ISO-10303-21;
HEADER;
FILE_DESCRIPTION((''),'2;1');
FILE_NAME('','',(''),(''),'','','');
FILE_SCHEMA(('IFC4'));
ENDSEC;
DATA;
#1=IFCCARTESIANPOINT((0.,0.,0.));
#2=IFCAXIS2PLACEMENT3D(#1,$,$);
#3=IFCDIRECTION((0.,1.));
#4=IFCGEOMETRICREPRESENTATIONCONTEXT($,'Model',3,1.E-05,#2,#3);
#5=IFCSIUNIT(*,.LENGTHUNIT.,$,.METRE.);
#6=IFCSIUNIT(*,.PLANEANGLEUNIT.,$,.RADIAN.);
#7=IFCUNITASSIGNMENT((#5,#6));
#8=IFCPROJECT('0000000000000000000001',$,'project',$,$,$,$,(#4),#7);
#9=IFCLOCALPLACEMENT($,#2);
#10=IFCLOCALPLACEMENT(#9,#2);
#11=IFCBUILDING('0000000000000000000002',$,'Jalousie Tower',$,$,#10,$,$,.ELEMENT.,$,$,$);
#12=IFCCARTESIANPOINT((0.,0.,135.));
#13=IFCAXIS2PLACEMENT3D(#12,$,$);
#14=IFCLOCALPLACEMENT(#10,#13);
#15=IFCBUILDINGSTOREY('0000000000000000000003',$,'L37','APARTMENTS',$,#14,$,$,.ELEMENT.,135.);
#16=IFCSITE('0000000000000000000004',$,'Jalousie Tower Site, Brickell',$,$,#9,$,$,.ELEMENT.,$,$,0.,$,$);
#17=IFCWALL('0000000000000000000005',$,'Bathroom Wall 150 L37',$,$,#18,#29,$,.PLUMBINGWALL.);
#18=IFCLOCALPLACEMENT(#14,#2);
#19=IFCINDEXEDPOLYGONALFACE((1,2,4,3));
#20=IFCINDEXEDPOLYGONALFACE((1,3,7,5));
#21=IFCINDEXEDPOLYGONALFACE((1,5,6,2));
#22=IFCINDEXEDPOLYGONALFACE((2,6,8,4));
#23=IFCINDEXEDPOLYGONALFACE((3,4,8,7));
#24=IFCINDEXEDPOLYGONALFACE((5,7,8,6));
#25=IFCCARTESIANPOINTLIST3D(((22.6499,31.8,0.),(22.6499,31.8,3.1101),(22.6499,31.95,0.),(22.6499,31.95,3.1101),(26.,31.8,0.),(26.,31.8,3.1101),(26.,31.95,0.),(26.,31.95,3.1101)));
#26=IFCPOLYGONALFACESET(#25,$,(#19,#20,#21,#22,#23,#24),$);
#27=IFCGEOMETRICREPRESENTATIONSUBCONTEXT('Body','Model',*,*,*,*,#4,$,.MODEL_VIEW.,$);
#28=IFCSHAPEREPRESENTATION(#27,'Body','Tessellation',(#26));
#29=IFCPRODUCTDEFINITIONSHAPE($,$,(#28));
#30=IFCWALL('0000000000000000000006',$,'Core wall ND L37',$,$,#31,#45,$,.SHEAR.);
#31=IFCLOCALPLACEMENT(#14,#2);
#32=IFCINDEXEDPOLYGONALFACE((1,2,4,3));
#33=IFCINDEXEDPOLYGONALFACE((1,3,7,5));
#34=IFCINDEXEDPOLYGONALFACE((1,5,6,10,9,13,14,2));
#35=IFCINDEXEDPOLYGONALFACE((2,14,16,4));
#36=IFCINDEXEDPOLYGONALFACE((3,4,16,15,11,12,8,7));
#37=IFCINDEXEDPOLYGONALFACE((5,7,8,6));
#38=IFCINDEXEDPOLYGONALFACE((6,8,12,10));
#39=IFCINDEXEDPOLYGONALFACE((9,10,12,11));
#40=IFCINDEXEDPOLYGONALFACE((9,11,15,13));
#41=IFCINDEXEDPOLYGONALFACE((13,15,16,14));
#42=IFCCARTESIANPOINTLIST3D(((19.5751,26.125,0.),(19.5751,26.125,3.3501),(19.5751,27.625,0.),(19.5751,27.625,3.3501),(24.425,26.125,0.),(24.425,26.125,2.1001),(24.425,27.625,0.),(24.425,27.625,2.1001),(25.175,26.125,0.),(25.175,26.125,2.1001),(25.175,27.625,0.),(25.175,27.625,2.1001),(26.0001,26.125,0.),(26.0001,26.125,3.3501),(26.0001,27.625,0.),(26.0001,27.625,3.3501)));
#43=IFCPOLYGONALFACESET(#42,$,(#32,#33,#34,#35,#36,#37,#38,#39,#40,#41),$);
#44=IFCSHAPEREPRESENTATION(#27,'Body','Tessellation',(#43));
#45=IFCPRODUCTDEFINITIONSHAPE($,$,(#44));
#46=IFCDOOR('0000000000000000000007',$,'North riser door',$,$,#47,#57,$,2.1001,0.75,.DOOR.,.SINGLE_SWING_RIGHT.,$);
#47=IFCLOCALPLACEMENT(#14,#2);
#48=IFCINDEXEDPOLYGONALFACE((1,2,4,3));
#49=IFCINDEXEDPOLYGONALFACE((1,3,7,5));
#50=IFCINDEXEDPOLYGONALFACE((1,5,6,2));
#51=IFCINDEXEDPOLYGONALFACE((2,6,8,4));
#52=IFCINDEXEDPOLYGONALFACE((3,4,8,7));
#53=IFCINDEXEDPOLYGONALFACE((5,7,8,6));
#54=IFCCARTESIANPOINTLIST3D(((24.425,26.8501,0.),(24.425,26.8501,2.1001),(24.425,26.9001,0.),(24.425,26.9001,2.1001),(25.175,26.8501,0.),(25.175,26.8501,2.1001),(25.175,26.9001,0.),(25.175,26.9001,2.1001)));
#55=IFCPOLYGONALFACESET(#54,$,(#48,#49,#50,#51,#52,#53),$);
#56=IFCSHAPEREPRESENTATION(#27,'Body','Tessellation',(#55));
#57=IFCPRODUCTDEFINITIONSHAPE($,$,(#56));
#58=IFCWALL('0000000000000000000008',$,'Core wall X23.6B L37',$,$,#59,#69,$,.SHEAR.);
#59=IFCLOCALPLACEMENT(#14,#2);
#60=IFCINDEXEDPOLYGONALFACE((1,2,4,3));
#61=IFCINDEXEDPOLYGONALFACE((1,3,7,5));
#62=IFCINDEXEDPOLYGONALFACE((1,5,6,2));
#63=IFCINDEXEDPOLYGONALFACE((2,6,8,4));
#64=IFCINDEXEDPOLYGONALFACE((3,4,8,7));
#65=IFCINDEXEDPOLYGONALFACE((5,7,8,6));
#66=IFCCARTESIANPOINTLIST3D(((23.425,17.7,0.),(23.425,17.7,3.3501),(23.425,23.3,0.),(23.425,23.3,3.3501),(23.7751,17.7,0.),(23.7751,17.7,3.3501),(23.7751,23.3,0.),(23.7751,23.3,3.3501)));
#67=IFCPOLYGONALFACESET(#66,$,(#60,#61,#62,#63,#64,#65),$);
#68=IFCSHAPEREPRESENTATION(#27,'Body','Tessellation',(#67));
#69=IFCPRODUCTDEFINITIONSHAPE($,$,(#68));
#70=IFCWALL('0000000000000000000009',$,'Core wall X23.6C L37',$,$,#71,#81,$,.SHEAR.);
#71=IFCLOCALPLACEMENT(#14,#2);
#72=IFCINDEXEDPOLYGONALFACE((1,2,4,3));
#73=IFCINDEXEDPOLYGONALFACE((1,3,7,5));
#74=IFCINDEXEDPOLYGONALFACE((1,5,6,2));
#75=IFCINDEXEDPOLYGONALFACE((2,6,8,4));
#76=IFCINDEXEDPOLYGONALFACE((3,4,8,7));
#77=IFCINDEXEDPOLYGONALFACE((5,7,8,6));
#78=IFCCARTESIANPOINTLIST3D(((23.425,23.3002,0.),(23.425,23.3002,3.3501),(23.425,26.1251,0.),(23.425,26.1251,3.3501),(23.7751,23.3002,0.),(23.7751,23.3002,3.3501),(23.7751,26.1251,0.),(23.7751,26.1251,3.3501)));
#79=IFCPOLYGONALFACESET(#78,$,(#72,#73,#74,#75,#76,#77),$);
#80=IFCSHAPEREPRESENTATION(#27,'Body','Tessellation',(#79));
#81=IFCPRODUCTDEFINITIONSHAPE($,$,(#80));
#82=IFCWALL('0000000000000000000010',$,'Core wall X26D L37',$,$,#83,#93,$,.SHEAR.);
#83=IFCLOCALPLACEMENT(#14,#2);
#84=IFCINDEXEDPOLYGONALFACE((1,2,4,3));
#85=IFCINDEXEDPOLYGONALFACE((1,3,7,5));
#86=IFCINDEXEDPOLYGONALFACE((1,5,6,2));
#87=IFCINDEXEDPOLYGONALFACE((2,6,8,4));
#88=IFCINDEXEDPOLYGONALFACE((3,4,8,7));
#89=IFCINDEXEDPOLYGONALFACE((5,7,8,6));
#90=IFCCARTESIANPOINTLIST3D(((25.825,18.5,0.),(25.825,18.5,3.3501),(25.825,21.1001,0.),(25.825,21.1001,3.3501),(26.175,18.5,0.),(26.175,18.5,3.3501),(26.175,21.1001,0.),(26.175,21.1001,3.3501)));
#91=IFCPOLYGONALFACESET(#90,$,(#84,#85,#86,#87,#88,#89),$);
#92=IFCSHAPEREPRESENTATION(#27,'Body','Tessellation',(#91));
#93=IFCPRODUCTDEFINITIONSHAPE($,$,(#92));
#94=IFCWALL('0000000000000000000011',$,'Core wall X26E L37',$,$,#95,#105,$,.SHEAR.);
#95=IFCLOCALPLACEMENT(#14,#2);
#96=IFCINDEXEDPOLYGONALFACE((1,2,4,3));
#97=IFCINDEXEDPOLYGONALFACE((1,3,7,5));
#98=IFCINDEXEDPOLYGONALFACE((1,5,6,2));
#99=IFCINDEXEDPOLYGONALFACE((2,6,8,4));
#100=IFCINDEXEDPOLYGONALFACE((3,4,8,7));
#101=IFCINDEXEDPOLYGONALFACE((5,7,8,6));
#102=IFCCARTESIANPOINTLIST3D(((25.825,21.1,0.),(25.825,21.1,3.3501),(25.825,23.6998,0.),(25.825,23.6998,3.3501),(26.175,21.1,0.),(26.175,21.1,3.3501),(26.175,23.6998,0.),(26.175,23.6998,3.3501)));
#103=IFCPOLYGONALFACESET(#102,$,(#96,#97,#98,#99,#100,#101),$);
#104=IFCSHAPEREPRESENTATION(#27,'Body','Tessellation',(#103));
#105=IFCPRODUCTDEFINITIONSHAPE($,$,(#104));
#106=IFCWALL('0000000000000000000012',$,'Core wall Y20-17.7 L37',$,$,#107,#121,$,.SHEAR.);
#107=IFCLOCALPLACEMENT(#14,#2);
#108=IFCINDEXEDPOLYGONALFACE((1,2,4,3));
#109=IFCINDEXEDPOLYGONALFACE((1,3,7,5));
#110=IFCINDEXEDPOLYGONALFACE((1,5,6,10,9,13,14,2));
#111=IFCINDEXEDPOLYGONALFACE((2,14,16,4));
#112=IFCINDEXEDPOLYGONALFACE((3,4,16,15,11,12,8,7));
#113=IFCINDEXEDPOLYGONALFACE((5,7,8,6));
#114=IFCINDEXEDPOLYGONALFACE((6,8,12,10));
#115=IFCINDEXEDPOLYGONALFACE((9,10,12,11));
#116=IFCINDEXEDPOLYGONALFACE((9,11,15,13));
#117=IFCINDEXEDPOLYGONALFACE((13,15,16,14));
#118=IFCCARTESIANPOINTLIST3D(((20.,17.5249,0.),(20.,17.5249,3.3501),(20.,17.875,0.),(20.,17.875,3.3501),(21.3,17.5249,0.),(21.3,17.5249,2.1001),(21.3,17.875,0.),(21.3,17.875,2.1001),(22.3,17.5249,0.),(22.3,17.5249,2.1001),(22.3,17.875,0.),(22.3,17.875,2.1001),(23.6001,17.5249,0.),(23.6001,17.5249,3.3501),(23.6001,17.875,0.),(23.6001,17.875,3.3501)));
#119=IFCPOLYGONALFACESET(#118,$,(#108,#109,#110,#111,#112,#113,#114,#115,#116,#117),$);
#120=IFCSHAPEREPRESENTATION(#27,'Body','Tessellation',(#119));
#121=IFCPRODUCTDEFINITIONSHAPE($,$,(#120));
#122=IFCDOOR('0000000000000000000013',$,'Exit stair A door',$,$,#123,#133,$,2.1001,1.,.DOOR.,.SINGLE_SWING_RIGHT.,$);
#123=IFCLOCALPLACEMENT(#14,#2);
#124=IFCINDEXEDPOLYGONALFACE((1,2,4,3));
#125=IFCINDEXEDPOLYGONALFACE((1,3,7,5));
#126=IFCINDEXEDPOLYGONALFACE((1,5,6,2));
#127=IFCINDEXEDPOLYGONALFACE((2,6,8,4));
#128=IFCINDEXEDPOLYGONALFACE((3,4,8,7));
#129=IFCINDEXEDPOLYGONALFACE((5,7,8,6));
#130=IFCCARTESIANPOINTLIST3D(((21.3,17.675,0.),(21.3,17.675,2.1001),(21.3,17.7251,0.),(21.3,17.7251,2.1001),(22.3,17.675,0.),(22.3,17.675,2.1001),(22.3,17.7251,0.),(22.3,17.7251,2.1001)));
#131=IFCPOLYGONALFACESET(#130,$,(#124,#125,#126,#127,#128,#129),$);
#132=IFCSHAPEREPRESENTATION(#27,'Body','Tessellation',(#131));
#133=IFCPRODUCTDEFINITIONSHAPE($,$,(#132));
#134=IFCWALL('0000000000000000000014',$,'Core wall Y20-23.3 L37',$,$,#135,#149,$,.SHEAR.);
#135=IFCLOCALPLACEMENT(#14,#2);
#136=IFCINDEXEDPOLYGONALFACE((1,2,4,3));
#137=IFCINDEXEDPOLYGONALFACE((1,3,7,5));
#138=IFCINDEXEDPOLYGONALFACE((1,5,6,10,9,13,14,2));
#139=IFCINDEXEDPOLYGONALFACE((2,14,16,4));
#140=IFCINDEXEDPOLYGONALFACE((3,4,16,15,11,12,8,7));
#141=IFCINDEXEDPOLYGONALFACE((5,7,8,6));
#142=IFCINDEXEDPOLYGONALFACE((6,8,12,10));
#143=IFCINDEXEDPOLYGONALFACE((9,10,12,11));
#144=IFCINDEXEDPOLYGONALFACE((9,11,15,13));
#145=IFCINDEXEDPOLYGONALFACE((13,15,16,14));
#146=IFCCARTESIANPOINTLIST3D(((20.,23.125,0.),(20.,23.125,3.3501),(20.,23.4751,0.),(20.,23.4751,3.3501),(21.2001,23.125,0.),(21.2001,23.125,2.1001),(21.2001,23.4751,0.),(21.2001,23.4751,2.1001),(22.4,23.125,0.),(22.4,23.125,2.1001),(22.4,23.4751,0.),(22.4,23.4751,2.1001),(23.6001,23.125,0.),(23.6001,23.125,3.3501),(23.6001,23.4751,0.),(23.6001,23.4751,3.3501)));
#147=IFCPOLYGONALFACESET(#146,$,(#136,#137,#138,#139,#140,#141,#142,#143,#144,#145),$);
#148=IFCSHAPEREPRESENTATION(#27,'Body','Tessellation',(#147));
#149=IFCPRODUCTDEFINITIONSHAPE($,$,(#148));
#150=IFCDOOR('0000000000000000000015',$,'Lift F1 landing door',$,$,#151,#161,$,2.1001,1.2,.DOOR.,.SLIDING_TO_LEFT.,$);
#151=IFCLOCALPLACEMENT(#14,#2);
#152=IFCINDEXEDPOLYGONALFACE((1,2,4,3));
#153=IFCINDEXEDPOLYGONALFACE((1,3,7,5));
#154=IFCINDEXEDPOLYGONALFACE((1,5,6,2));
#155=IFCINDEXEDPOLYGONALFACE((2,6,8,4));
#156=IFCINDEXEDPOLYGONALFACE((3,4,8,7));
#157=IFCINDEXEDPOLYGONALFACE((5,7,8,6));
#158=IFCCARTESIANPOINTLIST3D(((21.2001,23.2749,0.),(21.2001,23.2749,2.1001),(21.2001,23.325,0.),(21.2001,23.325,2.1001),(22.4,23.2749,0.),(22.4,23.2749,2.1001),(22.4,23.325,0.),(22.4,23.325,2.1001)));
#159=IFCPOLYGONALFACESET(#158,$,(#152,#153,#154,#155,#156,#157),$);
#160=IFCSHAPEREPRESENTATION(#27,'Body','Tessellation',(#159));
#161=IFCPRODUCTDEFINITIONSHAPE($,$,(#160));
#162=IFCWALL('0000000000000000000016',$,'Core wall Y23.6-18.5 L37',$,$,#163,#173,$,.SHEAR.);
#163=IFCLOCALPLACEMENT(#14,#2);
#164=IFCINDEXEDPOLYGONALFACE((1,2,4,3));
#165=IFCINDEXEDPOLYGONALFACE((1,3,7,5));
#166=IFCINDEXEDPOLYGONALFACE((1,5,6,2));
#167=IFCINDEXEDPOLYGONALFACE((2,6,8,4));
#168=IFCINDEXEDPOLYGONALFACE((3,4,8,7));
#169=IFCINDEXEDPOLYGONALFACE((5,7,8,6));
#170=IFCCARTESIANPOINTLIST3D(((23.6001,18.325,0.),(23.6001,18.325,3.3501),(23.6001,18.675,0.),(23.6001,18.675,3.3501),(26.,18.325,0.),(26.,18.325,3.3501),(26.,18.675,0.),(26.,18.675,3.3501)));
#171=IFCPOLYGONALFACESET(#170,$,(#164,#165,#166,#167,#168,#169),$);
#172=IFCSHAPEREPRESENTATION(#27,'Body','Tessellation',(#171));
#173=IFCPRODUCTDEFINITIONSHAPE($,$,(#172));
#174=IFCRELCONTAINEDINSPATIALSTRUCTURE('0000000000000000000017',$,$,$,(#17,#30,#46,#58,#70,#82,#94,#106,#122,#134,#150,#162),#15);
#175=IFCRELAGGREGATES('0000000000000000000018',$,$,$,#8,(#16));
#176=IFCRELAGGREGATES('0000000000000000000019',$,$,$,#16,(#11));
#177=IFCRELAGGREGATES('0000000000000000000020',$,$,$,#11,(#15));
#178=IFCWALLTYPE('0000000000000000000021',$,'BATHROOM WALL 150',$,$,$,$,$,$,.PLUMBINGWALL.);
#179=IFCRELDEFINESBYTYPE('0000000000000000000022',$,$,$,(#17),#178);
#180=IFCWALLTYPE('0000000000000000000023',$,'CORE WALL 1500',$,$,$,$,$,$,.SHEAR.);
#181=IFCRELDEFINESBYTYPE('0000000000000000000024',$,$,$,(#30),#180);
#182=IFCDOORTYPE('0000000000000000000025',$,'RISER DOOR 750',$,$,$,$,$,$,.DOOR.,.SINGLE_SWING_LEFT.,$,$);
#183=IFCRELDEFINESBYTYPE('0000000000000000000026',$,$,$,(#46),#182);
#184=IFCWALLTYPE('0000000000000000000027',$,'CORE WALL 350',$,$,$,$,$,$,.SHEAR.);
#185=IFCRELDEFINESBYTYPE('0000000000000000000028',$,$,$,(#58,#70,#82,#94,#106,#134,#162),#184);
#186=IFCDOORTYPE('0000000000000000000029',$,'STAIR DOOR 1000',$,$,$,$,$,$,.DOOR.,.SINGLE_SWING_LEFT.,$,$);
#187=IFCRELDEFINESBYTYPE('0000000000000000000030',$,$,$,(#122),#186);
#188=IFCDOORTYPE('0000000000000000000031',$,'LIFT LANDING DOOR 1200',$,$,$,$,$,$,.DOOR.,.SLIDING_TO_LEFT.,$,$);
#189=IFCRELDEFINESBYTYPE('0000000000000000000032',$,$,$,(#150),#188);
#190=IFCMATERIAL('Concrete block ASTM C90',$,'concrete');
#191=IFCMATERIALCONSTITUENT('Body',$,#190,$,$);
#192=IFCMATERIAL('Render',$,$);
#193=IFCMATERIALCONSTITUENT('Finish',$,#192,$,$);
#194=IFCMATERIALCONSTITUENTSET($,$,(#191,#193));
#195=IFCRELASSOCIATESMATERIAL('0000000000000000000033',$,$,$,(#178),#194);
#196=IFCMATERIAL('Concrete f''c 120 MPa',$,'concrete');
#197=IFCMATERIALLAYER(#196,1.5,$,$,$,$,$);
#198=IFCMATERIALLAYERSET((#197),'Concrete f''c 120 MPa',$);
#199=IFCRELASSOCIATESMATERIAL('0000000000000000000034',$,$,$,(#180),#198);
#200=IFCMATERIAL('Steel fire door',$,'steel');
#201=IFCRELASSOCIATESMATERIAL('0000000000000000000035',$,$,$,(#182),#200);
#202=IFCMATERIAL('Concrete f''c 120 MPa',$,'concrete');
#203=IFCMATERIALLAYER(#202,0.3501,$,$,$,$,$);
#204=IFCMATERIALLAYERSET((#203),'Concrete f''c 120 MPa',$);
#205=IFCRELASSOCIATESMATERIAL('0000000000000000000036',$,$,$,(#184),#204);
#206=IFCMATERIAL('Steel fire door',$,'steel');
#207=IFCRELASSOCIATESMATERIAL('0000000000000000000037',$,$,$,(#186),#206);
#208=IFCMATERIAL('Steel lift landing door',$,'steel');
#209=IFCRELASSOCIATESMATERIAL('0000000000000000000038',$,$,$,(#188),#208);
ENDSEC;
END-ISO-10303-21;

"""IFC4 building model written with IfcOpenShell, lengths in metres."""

from ifc_helpers import new_model, si_unit, direction, frame, frame_2d, origin, place, context, subcontext, project, spatial, rectangle, extrude, material, layer, layer_set, constituent, constituent_set, type_object, element, fill, save


model = new_model("IFC4")

# Units and contexts
model_context = context("Model", 3, precision=1e-05, world=origin(), true_north=direction((0.0, 1.0)))
body_context = subcontext(model_context, "Body", "Model", "MODEL_VIEW")
ifc_project = project(units=[si_unit("LENGTHUNIT", "METRE"), si_unit("PLANEANGLEUNIT", "RADIAN")], contexts=[model_context])

# Site, building, storey
site_placement = place(None, origin())
site = spatial("IfcSite", under=ifc_project, at=site_placement, Name="Jalousie Tower Site, Brickell", CompositionType="ELEMENT", RefElevation=0.0)
building_placement = place(site_placement, origin())
building = spatial("IfcBuilding", under=site, at=building_placement, Name="Jalousie Tower", CompositionType="ELEMENT")
storey_placement = place(building_placement, frame((0.0, 0.0, 135.0)))
storey = spatial("IfcBuildingStorey", under=building, at=storey_placement, Name="L37", Description="APARTMENTS", CompositionType="ELEMENT", Elevation=135.0)

# Wall
ifc_material_1 = material(Name="Concrete block ASTM C90", Category="concrete")
ifc_constituent_1 = constituent(ifc_material_1, Name="Body")
ifc_material_2 = material(Name="Render")
ifc_constituent_2 = constituent(ifc_material_2, Name="Finish")
ifc_constituent_set_1 = constituent_set(constituents=[ifc_constituent_1, ifc_constituent_2])
wall_type_1 = type_object("IfcWallType", Name="BATHROOM WALL 150", PredefinedType="PLUMBINGWALL", material=ifc_constituent_set_1)
wall_1_placement = place(storey_placement, frame((22.6499, 31.875, 0.0), z_axis=(0.0, 0.0, 1.0), x_axis=(1.0, 0.0, 0.0)))
element("IfcWall", 1, at=wall_1_placement, inside=storey, type_object=wall_type_1, Name="Bathroom Wall 150 L37", PredefinedType="PLUMBINGWALL", context=body_context, shape_type="SweptSolid", body=[
    extrude(rectangle(XDim=3.3501, YDim=0.1499, at=frame_2d((1.675, 0.0))), origin(), (0.0, 0.0, 1.0), 3.1101),
])

# Wall, opening, door
ifc_material_3 = material(Name="Concrete f'c 120 MPa", Category="concrete")
ifc_layer_1 = layer(ifc_material_3, 1.5)
ifc_layer_set_1 = layer_set([ifc_layer_1], Name="Concrete f'c 120 MPa")
wall_type_2 = type_object("IfcWallType", Name="CORE WALL 1500", PredefinedType="SHEAR", material=ifc_layer_set_1)
wall_2_placement = place(storey_placement, frame((26.0, 26.875, 0.0), z_axis=(0.0, 0.0, 1.0), x_axis=(-1.0, 0.0, 0.0)))
wall_2 = element("IfcWall", 2, at=wall_2_placement, inside=storey, type_object=wall_type_2, Name="Core wall ND L37", PredefinedType="SHEAR", context=body_context, shape_type="SweptSolid", body=[
    extrude(rectangle(XDim=6.425, YDim=1.5, at=frame_2d((3.2124, 0.0))), origin(), (0.0, 0.0, 1.0), 3.3501),
])
opening_1_placement = place(wall_2_placement, frame((0.825, 0.0, 0.0)))
opening_1 = element("IfcOpeningElement", 3, at=opening_1_placement, cuts=wall_2, PredefinedType="OPENING", context=body_context, shape_type="SweptSolid", body=[
    extrude(rectangle(XDim=0.75, YDim=2.1001, at=frame_2d((0.375, 1.05))), frame((0.0, 0.76, 0.0), z_axis=(0.0, -1.0, 0.0), x_axis=(1.0, 0.0, 0.0)), (0.0, 0.0, 1.0), 1.52),
])
ifc_material_4 = material(Name="Steel fire door", Category="steel")
door_type_1 = type_object("IfcDoorType", Name="RISER DOOR 750", OperationType="SINGLE_SWING_LEFT", PredefinedType="DOOR", material=ifc_material_4)
door_1_placement = place(opening_1_placement, origin())
door_1 = element("IfcDoor", 4, at=door_1_placement, inside=storey, type_object=door_type_1, Name="North riser door", OperationType="SINGLE_SWING_RIGHT", OverallHeight=2.1001, OverallWidth=0.75, PredefinedType="DOOR", context=body_context, shape_type="SweptSolid", body=[
    extrude(rectangle(XDim=0.75, YDim=2.1001, at=frame_2d((0.375, 1.05))), frame((0.0, 0.0249, 0.0), z_axis=(0.0, -1.0, 0.0), x_axis=(1.0, 0.0, 0.0)), (0.0, 0.0, 1.0), 0.05),
])
fill(opening_1, door_1)

# Walls
ifc_material_5 = material(Name="Concrete f'c 120 MPa", Category="concrete")
ifc_layer_2 = layer(ifc_material_5, 0.3501)
ifc_layer_set_2 = layer_set([ifc_layer_2], Name="Concrete f'c 120 MPa")
wall_type_3 = type_object("IfcWallType", Name="CORE WALL 350", PredefinedType="SHEAR", material=ifc_layer_set_2)
wall_3_placement = place(storey_placement, frame((23.6001, 17.7, 0.0), z_axis=(0.0, 0.0, 1.0), x_axis=(0.0, 1.0, 0.0)))
element("IfcWall", 5, at=wall_3_placement, inside=storey, type_object=wall_type_3, Name="Core wall X23.6B L37", PredefinedType="SHEAR", context=body_context, shape_type="SweptSolid", body=[
    extrude(rectangle(XDim=5.6001, YDim=0.3501, at=frame_2d((2.8, 0.0))), origin(), (0.0, 0.0, 1.0), 3.3501),
])
wall_4_placement = place(storey_placement, frame((23.6001, 23.3, 0.0), z_axis=(0.0, 0.0, 1.0), x_axis=(0.0, 1.0, 0.0)))
element("IfcWall", 6, at=wall_4_placement, inside=storey, type_object=wall_type_3, Name="Core wall X23.6C L37", PredefinedType="SHEAR", context=body_context, shape_type="SweptSolid", body=[
    extrude(rectangle(XDim=2.825, YDim=0.3501, at=frame_2d((1.4126, 0.0))), origin(), (0.0, 0.0, 1.0), 3.3501),
])
wall_5_placement = place(storey_placement, frame((26.0, 18.5, 0.0), z_axis=(0.0, 0.0, 1.0), x_axis=(0.0, 1.0, 0.0)))
element("IfcWall", 7, at=wall_5_placement, inside=storey, type_object=wall_type_3, Name="Core wall X26D L37", PredefinedType="SHEAR", context=body_context, shape_type="SweptSolid", body=[
    extrude(rectangle(XDim=2.6001, YDim=0.3501, at=frame_2d((1.3, 0.0))), origin(), (0.0, 0.0, 1.0), 3.3501),
])
wall_6_placement = place(storey_placement, frame((26.0, 21.1001, 0.0), z_axis=(0.0, 0.0, 1.0), x_axis=(0.0, 1.0, 0.0)))
element("IfcWall", 8, at=wall_6_placement, inside=storey, type_object=wall_type_3, Name="Core wall X26E L37", PredefinedType="SHEAR", context=body_context, shape_type="SweptSolid", body=[
    extrude(rectangle(XDim=2.5999, YDim=0.3501, at=frame_2d((1.2998, 0.0))), origin(), (0.0, 0.0, 1.0), 3.3501),
])

# Walls, openings, doors
wall_7_placement = place(storey_placement, frame((20.0, 17.7, 0.0), z_axis=(0.0, 0.0, 1.0), x_axis=(1.0, 0.0, 0.0)))
wall_7 = element("IfcWall", 9, at=wall_7_placement, inside=storey, type_object=wall_type_3, Name="Core wall Y20-17.7 L37", PredefinedType="SHEAR", context=body_context, shape_type="SweptSolid", body=[
    extrude(rectangle(XDim=3.6001, YDim=0.3501, at=frame_2d((1.8, 0.0))), origin(), (0.0, 0.0, 1.0), 3.3501),
])
opening_2_placement = place(wall_7_placement, frame((1.3, 0.0, 0.0)))
opening_2 = element("IfcOpeningElement", 10, at=opening_2_placement, cuts=wall_7, PredefinedType="OPENING", context=body_context, shape_type="SweptSolid", body=[
    extrude(rectangle(XDim=1.0, YDim=2.1001, at=frame_2d((0.5, 1.05))), frame((0.0, 0.1851, 0.0), z_axis=(0.0, -1.0, 0.0), x_axis=(1.0, 0.0, 0.0)), (0.0, 0.0, 1.0), 0.3701),
])
ifc_material_6 = material(Name="Steel fire door", Category="steel")
door_type_2 = type_object("IfcDoorType", Name="STAIR DOOR 1000", OperationType="SINGLE_SWING_LEFT", PredefinedType="DOOR", material=ifc_material_6)
door_2_placement = place(opening_2_placement, frame((1.0, 0.0, 0.0), z_axis=(0.0, 0.0, 1.0), x_axis=(-1.0, 0.0, 0.0)))
door_2 = element("IfcDoor", 11, at=door_2_placement, inside=storey, type_object=door_type_2, Name="Exit stair A door", OperationType="SINGLE_SWING_RIGHT", OverallHeight=2.1001, OverallWidth=1.0, PredefinedType="DOOR", context=body_context, shape_type="SweptSolid", body=[
    extrude(rectangle(XDim=1.0, YDim=2.1001, at=frame_2d((0.5, 1.05))), frame((0.0, 0.0249, 0.0), z_axis=(0.0, -1.0, 0.0), x_axis=(1.0, 0.0, 0.0)), (0.0, 0.0, 1.0), 0.05),
])
fill(opening_2, door_2)
wall_8_placement = place(storey_placement, frame((20.0, 23.3, 0.0), z_axis=(0.0, 0.0, 1.0), x_axis=(1.0, 0.0, 0.0)))
wall_8 = element("IfcWall", 12, at=wall_8_placement, inside=storey, type_object=wall_type_3, Name="Core wall Y20-23.3 L37", PredefinedType="SHEAR", context=body_context, shape_type="SweptSolid", body=[
    extrude(rectangle(XDim=3.6001, YDim=0.3501, at=frame_2d((1.8, 0.0))), origin(), (0.0, 0.0, 1.0), 3.3501),
])
opening_3_placement = place(wall_8_placement, frame((1.2, 0.0, 0.0)))
opening_3 = element("IfcOpeningElement", 13, at=opening_3_placement, cuts=wall_8, PredefinedType="OPENING", context=body_context, shape_type="SweptSolid", body=[
    extrude(rectangle(XDim=1.2, YDim=2.1001, at=frame_2d((0.6001, 1.05))), frame((0.0, 0.1851, 0.0), z_axis=(0.0, -1.0, 0.0), x_axis=(1.0, 0.0, 0.0)), (0.0, 0.0, 1.0), 0.3701),
])
ifc_material_7 = material(Name="Steel lift landing door", Category="steel")
door_type_3 = type_object("IfcDoorType", Name="LIFT LANDING DOOR 1200", OperationType="SLIDING_TO_LEFT", PredefinedType="DOOR", material=ifc_material_7)
door_3_placement = place(opening_3_placement, origin())
door_3 = element("IfcDoor", 14, at=door_3_placement, inside=storey, type_object=door_type_3, Name="Lift F1 landing door", OperationType="SLIDING_TO_LEFT", OverallHeight=2.1001, OverallWidth=1.2, PredefinedType="DOOR", context=body_context, shape_type="SweptSolid", body=[
    extrude(rectangle(XDim=1.2, YDim=2.1001, at=frame_2d((0.6001, 1.05))), frame((0.0, 0.0249, 0.0), z_axis=(0.0, -1.0, 0.0), x_axis=(1.0, 0.0, 0.0)), (0.0, 0.0, 1.0), 0.05),
])
fill(opening_3, door_3)

# Wall
wall_9_placement = place(storey_placement, frame((23.6001, 18.5, 0.0), z_axis=(0.0, 0.0, 1.0), x_axis=(1.0, 0.0, 0.0)))
element("IfcWall", 15, at=wall_9_placement, inside=storey, type_object=wall_type_3, Name="Core wall Y23.6-18.5 L37", PredefinedType="SHEAR", context=body_context, shape_type="SweptSolid", body=[
    extrude(rectangle(XDim=2.3999, YDim=0.3501, at=frame_2d((1.2, 0.0))), origin(), (0.0, 0.0, 1.0), 3.3501),
])

save(model, "model.ifc")
